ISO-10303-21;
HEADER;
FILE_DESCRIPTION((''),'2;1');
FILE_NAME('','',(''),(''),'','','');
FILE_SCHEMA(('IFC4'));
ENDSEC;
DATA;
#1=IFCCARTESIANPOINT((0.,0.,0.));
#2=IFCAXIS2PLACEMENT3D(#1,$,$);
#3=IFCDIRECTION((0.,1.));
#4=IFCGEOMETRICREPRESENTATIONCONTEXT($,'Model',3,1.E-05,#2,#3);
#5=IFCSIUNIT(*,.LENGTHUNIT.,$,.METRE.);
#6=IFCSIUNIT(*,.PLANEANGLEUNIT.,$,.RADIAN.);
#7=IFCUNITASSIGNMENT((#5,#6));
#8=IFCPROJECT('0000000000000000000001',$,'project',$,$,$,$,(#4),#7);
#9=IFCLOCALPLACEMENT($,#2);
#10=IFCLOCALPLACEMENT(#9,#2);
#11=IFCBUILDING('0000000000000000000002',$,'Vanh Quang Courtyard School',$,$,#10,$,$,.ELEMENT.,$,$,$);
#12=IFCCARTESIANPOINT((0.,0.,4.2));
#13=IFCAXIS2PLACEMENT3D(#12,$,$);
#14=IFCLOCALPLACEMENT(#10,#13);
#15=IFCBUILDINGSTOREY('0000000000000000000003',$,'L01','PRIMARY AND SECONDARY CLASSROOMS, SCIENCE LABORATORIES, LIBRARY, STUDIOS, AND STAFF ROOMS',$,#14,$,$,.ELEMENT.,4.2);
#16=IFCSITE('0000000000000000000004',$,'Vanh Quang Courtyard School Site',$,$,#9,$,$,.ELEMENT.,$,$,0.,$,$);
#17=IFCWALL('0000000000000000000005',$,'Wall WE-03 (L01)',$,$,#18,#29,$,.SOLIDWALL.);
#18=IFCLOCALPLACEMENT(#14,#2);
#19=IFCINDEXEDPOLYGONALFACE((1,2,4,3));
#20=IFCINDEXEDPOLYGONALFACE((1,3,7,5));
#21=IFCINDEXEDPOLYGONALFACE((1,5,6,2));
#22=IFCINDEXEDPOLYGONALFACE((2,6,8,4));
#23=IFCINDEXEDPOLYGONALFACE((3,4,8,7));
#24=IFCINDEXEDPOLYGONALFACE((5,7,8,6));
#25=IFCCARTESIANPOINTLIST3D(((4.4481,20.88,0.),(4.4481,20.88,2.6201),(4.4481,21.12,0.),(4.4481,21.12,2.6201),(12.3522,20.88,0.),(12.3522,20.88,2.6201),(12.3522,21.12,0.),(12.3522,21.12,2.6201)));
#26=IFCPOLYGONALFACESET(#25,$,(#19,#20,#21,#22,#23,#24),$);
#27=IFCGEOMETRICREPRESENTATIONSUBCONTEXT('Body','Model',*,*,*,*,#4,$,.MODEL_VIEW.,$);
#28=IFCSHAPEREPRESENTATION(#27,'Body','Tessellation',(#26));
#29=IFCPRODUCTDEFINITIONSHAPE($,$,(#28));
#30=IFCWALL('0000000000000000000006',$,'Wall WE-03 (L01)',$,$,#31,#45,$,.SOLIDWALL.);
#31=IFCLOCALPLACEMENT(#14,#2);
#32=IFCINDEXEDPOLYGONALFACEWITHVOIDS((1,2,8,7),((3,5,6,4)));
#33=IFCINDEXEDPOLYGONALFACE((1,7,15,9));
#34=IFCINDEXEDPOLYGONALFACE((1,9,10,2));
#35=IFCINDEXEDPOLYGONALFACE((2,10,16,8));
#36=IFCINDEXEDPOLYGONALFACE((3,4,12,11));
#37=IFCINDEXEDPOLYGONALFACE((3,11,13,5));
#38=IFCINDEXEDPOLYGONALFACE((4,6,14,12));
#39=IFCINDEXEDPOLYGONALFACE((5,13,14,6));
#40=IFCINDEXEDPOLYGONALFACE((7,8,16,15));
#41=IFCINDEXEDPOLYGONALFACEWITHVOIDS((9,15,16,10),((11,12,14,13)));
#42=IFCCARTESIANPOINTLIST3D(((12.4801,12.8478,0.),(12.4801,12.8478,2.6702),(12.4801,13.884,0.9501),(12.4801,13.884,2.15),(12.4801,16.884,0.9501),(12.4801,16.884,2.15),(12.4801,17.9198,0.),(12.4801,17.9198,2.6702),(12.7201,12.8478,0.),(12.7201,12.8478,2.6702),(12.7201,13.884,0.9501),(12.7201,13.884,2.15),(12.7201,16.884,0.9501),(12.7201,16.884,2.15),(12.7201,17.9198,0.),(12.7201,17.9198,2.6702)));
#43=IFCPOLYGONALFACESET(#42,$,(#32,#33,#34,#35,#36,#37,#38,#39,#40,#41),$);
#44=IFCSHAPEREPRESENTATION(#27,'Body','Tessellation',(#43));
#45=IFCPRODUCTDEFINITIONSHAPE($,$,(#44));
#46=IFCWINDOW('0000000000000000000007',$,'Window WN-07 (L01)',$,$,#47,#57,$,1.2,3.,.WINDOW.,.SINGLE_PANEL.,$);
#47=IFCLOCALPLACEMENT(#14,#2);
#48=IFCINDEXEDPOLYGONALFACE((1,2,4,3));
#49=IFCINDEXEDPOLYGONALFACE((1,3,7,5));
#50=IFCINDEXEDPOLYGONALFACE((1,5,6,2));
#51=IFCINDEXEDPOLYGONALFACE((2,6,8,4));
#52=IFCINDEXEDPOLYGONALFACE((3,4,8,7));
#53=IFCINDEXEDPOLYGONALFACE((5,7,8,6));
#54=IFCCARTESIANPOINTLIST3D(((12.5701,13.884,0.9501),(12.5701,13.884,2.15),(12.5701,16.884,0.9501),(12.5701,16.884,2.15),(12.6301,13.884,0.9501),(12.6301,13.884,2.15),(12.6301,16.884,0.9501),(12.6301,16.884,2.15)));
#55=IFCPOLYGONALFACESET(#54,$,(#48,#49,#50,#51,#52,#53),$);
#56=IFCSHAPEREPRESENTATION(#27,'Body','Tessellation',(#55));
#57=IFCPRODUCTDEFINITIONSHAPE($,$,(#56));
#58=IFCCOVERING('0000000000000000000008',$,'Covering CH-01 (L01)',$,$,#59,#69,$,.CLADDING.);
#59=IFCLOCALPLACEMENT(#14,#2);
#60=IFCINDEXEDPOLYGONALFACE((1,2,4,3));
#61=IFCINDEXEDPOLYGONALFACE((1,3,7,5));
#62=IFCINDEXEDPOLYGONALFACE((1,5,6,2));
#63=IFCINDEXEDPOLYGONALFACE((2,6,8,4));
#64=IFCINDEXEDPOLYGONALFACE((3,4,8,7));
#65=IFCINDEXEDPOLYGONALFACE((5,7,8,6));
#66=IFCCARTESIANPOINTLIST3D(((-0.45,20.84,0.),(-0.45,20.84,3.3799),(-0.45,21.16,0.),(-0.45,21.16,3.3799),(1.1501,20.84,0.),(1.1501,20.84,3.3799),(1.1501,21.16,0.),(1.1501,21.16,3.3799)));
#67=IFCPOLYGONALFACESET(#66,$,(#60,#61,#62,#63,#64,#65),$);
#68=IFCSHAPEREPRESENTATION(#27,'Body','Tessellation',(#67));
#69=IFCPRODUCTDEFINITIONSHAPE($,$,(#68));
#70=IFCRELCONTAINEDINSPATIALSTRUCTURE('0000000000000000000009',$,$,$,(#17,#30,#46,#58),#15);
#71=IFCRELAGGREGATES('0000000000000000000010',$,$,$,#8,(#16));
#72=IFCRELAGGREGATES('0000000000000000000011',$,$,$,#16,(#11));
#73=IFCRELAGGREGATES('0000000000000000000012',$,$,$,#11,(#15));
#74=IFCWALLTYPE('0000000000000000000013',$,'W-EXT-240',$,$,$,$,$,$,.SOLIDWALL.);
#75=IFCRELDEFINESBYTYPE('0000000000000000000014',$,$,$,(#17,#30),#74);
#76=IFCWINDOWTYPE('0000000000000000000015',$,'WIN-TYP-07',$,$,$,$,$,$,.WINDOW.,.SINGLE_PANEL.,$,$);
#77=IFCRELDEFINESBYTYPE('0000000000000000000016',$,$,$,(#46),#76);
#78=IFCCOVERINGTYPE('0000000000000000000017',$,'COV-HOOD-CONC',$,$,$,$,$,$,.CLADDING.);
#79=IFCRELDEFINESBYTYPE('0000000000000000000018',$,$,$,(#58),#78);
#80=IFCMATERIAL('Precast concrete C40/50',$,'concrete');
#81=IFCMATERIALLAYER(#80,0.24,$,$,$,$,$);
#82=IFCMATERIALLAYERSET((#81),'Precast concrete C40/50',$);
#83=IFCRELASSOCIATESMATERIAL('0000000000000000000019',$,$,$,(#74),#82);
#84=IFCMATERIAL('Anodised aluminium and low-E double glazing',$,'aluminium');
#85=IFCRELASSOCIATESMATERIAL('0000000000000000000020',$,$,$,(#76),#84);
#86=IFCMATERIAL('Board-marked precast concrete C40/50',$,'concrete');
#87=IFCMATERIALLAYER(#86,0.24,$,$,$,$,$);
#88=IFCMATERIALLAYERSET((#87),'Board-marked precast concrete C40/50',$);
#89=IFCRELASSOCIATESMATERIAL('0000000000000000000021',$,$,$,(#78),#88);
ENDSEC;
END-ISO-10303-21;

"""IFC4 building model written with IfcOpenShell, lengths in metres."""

from ifc_helpers import new_model, si_unit, direction, frame, frame_2d, origin, origin_2d, place, context, subcontext, project, spatial, rectangle, extrude, material, layer, layer_set, type_object, element, fill, save


model = new_model("IFC4")

# Units and contexts
model_context = context("Model", 3, precision=1e-05, world=origin(), true_north=direction((0.0, 1.0)))
body_context = subcontext(model_context, "Body", "Model", "MODEL_VIEW")
ifc_project = project(units=[si_unit("LENGTHUNIT", "METRE"), si_unit("PLANEANGLEUNIT", "RADIAN")], contexts=[model_context])

# Site, building, storey
site_placement = place(None, origin())
site = spatial("IfcSite", under=ifc_project, at=site_placement, Name="Vanh Quang Courtyard School Site", CompositionType="ELEMENT", RefElevation=0.0)
building_placement = place(site_placement, origin())
building = spatial("IfcBuilding", under=site, at=building_placement, Name="Vanh Quang Courtyard School", CompositionType="ELEMENT")
storey_placement = place(building_placement, frame((0.0, 0.0, 4.2)))
storey = spatial("IfcBuildingStorey", under=building, at=storey_placement, Name="L01", Description="PRIMARY AND SECONDARY CLASSROOMS, SCIENCE LABORATORIES, LIBRARY, STUDIOS, AND STAFF ROOMS", CompositionType="ELEMENT", Elevation=4.2)

# Wall
ifc_material_1 = material(Name="Precast concrete C40/50", Category="concrete")
ifc_layer_1 = layer(ifc_material_1, 0.24)
ifc_layer_set_1 = layer_set([ifc_layer_1], Name="Precast concrete C40/50")
wall_type_1 = type_object("IfcWallType", Name="W-EXT-240", PredefinedType="SOLIDWALL", material=ifc_layer_set_1)
wall_1_placement = place(storey_placement, frame((4.448, 21.0, 0.0), z_axis=(0.0, 0.0, 1.0), x_axis=(1.0, 0.0, 0.0)))
element("IfcWall", 1, at=wall_1_placement, inside=storey, type_object=wall_type_1, Name="Wall WE-03 (L01)", PredefinedType="SOLIDWALL", context=body_context, shape_type="SweptSolid", body=[
    extrude(rectangle(XDim=7.9041, YDim=0.24, at=frame_2d((3.9521, 0.0))), origin(), (0.0, 0.0, 1.0), 2.6201),
])

# Wall, opening, window
wall_2_placement = place(storey_placement, frame((12.6001, 17.9199, 0.0), z_axis=(0.0, 0.0, 1.0), x_axis=(0.0, -1.0, 0.0)))
wall_2 = element("IfcWall", 2, at=wall_2_placement, inside=storey, type_object=wall_type_1, Name="Wall WE-03 (L01)", PredefinedType="SOLIDWALL", context=body_context, shape_type="SweptSolid", body=[
    extrude(rectangle(XDim=5.072, YDim=0.24, at=frame_2d((2.5361, 0.0))), origin(), (0.0, 0.0, 1.0), 2.6702),
])
opening_1_placement = place(wall_2_placement, frame((1.0359, 0.0, 0.95)))
opening_1 = element("IfcOpeningElement", 3, at=opening_1_placement, cuts=wall_2, PredefinedType="OPENING", context=body_context, shape_type="SweptSolid", body=[
    extrude(rectangle(XDim=3.0, YDim=1.2, at=frame_2d((1.5, 0.6001))), frame((0.0, 0.1299, 0.0), z_axis=(0.0, -1.0, 0.0), x_axis=(1.0, 0.0, 0.0)), (0.0, 0.0, 1.0), 0.26),
])
ifc_material_2 = material(Name="Anodised aluminium and low-E double glazing", Category="aluminium")
window_type = type_object("IfcWindowType", Name="WIN-TYP-07", PartitioningType="SINGLE_PANEL", PredefinedType="WINDOW", material=ifc_material_2)
window_placement = place(opening_1_placement, origin())
window = element("IfcWindow", 4, at=window_placement, inside=storey, type_object=window_type, Name="Window WN-07 (L01)", OverallHeight=1.2, OverallWidth=3.0, PartitioningType="SINGLE_PANEL", PredefinedType="WINDOW", context=body_context, shape_type="SweptSolid", body=[
    extrude(rectangle(XDim=3.0, YDim=1.2, at=frame_2d((1.5, 0.6001))), frame((0.0, 0.03, 0.0), z_axis=(0.0, -1.0, 0.0), x_axis=(1.0, 0.0, 0.0)), (0.0, 0.0, 1.0), 0.0601),
])
fill(opening_1, window)

# Covering
ifc_material_3 = material(Name="Board-marked precast concrete C40/50", Category="concrete")
ifc_layer_2 = layer(ifc_material_3, 0.24)
ifc_layer_set_2 = layer_set([ifc_layer_2], Name="Board-marked precast concrete C40/50")
covering_type = type_object("IfcCoveringType", Name="COV-HOOD-CONC", PredefinedType="CLADDING", material=ifc_layer_set_2)
covering_placement = place(storey_placement, frame((0.3501, 21.0, 0.0), z_axis=(0.0, 0.0, 1.0), x_axis=(1.0, 0.0, 0.0)))
element("IfcCovering", 5, at=covering_placement, inside=storey, type_object=covering_type, Name="Covering CH-01 (L01)", PredefinedType="CLADDING", context=body_context, shape_type="SweptSolid", body=[
    extrude(rectangle(XDim=1.6001, YDim=0.3201, at=origin_2d()), origin(), (0.0, 0.0, 1.0), 3.3799),
])

save(model, "model.ifc")
